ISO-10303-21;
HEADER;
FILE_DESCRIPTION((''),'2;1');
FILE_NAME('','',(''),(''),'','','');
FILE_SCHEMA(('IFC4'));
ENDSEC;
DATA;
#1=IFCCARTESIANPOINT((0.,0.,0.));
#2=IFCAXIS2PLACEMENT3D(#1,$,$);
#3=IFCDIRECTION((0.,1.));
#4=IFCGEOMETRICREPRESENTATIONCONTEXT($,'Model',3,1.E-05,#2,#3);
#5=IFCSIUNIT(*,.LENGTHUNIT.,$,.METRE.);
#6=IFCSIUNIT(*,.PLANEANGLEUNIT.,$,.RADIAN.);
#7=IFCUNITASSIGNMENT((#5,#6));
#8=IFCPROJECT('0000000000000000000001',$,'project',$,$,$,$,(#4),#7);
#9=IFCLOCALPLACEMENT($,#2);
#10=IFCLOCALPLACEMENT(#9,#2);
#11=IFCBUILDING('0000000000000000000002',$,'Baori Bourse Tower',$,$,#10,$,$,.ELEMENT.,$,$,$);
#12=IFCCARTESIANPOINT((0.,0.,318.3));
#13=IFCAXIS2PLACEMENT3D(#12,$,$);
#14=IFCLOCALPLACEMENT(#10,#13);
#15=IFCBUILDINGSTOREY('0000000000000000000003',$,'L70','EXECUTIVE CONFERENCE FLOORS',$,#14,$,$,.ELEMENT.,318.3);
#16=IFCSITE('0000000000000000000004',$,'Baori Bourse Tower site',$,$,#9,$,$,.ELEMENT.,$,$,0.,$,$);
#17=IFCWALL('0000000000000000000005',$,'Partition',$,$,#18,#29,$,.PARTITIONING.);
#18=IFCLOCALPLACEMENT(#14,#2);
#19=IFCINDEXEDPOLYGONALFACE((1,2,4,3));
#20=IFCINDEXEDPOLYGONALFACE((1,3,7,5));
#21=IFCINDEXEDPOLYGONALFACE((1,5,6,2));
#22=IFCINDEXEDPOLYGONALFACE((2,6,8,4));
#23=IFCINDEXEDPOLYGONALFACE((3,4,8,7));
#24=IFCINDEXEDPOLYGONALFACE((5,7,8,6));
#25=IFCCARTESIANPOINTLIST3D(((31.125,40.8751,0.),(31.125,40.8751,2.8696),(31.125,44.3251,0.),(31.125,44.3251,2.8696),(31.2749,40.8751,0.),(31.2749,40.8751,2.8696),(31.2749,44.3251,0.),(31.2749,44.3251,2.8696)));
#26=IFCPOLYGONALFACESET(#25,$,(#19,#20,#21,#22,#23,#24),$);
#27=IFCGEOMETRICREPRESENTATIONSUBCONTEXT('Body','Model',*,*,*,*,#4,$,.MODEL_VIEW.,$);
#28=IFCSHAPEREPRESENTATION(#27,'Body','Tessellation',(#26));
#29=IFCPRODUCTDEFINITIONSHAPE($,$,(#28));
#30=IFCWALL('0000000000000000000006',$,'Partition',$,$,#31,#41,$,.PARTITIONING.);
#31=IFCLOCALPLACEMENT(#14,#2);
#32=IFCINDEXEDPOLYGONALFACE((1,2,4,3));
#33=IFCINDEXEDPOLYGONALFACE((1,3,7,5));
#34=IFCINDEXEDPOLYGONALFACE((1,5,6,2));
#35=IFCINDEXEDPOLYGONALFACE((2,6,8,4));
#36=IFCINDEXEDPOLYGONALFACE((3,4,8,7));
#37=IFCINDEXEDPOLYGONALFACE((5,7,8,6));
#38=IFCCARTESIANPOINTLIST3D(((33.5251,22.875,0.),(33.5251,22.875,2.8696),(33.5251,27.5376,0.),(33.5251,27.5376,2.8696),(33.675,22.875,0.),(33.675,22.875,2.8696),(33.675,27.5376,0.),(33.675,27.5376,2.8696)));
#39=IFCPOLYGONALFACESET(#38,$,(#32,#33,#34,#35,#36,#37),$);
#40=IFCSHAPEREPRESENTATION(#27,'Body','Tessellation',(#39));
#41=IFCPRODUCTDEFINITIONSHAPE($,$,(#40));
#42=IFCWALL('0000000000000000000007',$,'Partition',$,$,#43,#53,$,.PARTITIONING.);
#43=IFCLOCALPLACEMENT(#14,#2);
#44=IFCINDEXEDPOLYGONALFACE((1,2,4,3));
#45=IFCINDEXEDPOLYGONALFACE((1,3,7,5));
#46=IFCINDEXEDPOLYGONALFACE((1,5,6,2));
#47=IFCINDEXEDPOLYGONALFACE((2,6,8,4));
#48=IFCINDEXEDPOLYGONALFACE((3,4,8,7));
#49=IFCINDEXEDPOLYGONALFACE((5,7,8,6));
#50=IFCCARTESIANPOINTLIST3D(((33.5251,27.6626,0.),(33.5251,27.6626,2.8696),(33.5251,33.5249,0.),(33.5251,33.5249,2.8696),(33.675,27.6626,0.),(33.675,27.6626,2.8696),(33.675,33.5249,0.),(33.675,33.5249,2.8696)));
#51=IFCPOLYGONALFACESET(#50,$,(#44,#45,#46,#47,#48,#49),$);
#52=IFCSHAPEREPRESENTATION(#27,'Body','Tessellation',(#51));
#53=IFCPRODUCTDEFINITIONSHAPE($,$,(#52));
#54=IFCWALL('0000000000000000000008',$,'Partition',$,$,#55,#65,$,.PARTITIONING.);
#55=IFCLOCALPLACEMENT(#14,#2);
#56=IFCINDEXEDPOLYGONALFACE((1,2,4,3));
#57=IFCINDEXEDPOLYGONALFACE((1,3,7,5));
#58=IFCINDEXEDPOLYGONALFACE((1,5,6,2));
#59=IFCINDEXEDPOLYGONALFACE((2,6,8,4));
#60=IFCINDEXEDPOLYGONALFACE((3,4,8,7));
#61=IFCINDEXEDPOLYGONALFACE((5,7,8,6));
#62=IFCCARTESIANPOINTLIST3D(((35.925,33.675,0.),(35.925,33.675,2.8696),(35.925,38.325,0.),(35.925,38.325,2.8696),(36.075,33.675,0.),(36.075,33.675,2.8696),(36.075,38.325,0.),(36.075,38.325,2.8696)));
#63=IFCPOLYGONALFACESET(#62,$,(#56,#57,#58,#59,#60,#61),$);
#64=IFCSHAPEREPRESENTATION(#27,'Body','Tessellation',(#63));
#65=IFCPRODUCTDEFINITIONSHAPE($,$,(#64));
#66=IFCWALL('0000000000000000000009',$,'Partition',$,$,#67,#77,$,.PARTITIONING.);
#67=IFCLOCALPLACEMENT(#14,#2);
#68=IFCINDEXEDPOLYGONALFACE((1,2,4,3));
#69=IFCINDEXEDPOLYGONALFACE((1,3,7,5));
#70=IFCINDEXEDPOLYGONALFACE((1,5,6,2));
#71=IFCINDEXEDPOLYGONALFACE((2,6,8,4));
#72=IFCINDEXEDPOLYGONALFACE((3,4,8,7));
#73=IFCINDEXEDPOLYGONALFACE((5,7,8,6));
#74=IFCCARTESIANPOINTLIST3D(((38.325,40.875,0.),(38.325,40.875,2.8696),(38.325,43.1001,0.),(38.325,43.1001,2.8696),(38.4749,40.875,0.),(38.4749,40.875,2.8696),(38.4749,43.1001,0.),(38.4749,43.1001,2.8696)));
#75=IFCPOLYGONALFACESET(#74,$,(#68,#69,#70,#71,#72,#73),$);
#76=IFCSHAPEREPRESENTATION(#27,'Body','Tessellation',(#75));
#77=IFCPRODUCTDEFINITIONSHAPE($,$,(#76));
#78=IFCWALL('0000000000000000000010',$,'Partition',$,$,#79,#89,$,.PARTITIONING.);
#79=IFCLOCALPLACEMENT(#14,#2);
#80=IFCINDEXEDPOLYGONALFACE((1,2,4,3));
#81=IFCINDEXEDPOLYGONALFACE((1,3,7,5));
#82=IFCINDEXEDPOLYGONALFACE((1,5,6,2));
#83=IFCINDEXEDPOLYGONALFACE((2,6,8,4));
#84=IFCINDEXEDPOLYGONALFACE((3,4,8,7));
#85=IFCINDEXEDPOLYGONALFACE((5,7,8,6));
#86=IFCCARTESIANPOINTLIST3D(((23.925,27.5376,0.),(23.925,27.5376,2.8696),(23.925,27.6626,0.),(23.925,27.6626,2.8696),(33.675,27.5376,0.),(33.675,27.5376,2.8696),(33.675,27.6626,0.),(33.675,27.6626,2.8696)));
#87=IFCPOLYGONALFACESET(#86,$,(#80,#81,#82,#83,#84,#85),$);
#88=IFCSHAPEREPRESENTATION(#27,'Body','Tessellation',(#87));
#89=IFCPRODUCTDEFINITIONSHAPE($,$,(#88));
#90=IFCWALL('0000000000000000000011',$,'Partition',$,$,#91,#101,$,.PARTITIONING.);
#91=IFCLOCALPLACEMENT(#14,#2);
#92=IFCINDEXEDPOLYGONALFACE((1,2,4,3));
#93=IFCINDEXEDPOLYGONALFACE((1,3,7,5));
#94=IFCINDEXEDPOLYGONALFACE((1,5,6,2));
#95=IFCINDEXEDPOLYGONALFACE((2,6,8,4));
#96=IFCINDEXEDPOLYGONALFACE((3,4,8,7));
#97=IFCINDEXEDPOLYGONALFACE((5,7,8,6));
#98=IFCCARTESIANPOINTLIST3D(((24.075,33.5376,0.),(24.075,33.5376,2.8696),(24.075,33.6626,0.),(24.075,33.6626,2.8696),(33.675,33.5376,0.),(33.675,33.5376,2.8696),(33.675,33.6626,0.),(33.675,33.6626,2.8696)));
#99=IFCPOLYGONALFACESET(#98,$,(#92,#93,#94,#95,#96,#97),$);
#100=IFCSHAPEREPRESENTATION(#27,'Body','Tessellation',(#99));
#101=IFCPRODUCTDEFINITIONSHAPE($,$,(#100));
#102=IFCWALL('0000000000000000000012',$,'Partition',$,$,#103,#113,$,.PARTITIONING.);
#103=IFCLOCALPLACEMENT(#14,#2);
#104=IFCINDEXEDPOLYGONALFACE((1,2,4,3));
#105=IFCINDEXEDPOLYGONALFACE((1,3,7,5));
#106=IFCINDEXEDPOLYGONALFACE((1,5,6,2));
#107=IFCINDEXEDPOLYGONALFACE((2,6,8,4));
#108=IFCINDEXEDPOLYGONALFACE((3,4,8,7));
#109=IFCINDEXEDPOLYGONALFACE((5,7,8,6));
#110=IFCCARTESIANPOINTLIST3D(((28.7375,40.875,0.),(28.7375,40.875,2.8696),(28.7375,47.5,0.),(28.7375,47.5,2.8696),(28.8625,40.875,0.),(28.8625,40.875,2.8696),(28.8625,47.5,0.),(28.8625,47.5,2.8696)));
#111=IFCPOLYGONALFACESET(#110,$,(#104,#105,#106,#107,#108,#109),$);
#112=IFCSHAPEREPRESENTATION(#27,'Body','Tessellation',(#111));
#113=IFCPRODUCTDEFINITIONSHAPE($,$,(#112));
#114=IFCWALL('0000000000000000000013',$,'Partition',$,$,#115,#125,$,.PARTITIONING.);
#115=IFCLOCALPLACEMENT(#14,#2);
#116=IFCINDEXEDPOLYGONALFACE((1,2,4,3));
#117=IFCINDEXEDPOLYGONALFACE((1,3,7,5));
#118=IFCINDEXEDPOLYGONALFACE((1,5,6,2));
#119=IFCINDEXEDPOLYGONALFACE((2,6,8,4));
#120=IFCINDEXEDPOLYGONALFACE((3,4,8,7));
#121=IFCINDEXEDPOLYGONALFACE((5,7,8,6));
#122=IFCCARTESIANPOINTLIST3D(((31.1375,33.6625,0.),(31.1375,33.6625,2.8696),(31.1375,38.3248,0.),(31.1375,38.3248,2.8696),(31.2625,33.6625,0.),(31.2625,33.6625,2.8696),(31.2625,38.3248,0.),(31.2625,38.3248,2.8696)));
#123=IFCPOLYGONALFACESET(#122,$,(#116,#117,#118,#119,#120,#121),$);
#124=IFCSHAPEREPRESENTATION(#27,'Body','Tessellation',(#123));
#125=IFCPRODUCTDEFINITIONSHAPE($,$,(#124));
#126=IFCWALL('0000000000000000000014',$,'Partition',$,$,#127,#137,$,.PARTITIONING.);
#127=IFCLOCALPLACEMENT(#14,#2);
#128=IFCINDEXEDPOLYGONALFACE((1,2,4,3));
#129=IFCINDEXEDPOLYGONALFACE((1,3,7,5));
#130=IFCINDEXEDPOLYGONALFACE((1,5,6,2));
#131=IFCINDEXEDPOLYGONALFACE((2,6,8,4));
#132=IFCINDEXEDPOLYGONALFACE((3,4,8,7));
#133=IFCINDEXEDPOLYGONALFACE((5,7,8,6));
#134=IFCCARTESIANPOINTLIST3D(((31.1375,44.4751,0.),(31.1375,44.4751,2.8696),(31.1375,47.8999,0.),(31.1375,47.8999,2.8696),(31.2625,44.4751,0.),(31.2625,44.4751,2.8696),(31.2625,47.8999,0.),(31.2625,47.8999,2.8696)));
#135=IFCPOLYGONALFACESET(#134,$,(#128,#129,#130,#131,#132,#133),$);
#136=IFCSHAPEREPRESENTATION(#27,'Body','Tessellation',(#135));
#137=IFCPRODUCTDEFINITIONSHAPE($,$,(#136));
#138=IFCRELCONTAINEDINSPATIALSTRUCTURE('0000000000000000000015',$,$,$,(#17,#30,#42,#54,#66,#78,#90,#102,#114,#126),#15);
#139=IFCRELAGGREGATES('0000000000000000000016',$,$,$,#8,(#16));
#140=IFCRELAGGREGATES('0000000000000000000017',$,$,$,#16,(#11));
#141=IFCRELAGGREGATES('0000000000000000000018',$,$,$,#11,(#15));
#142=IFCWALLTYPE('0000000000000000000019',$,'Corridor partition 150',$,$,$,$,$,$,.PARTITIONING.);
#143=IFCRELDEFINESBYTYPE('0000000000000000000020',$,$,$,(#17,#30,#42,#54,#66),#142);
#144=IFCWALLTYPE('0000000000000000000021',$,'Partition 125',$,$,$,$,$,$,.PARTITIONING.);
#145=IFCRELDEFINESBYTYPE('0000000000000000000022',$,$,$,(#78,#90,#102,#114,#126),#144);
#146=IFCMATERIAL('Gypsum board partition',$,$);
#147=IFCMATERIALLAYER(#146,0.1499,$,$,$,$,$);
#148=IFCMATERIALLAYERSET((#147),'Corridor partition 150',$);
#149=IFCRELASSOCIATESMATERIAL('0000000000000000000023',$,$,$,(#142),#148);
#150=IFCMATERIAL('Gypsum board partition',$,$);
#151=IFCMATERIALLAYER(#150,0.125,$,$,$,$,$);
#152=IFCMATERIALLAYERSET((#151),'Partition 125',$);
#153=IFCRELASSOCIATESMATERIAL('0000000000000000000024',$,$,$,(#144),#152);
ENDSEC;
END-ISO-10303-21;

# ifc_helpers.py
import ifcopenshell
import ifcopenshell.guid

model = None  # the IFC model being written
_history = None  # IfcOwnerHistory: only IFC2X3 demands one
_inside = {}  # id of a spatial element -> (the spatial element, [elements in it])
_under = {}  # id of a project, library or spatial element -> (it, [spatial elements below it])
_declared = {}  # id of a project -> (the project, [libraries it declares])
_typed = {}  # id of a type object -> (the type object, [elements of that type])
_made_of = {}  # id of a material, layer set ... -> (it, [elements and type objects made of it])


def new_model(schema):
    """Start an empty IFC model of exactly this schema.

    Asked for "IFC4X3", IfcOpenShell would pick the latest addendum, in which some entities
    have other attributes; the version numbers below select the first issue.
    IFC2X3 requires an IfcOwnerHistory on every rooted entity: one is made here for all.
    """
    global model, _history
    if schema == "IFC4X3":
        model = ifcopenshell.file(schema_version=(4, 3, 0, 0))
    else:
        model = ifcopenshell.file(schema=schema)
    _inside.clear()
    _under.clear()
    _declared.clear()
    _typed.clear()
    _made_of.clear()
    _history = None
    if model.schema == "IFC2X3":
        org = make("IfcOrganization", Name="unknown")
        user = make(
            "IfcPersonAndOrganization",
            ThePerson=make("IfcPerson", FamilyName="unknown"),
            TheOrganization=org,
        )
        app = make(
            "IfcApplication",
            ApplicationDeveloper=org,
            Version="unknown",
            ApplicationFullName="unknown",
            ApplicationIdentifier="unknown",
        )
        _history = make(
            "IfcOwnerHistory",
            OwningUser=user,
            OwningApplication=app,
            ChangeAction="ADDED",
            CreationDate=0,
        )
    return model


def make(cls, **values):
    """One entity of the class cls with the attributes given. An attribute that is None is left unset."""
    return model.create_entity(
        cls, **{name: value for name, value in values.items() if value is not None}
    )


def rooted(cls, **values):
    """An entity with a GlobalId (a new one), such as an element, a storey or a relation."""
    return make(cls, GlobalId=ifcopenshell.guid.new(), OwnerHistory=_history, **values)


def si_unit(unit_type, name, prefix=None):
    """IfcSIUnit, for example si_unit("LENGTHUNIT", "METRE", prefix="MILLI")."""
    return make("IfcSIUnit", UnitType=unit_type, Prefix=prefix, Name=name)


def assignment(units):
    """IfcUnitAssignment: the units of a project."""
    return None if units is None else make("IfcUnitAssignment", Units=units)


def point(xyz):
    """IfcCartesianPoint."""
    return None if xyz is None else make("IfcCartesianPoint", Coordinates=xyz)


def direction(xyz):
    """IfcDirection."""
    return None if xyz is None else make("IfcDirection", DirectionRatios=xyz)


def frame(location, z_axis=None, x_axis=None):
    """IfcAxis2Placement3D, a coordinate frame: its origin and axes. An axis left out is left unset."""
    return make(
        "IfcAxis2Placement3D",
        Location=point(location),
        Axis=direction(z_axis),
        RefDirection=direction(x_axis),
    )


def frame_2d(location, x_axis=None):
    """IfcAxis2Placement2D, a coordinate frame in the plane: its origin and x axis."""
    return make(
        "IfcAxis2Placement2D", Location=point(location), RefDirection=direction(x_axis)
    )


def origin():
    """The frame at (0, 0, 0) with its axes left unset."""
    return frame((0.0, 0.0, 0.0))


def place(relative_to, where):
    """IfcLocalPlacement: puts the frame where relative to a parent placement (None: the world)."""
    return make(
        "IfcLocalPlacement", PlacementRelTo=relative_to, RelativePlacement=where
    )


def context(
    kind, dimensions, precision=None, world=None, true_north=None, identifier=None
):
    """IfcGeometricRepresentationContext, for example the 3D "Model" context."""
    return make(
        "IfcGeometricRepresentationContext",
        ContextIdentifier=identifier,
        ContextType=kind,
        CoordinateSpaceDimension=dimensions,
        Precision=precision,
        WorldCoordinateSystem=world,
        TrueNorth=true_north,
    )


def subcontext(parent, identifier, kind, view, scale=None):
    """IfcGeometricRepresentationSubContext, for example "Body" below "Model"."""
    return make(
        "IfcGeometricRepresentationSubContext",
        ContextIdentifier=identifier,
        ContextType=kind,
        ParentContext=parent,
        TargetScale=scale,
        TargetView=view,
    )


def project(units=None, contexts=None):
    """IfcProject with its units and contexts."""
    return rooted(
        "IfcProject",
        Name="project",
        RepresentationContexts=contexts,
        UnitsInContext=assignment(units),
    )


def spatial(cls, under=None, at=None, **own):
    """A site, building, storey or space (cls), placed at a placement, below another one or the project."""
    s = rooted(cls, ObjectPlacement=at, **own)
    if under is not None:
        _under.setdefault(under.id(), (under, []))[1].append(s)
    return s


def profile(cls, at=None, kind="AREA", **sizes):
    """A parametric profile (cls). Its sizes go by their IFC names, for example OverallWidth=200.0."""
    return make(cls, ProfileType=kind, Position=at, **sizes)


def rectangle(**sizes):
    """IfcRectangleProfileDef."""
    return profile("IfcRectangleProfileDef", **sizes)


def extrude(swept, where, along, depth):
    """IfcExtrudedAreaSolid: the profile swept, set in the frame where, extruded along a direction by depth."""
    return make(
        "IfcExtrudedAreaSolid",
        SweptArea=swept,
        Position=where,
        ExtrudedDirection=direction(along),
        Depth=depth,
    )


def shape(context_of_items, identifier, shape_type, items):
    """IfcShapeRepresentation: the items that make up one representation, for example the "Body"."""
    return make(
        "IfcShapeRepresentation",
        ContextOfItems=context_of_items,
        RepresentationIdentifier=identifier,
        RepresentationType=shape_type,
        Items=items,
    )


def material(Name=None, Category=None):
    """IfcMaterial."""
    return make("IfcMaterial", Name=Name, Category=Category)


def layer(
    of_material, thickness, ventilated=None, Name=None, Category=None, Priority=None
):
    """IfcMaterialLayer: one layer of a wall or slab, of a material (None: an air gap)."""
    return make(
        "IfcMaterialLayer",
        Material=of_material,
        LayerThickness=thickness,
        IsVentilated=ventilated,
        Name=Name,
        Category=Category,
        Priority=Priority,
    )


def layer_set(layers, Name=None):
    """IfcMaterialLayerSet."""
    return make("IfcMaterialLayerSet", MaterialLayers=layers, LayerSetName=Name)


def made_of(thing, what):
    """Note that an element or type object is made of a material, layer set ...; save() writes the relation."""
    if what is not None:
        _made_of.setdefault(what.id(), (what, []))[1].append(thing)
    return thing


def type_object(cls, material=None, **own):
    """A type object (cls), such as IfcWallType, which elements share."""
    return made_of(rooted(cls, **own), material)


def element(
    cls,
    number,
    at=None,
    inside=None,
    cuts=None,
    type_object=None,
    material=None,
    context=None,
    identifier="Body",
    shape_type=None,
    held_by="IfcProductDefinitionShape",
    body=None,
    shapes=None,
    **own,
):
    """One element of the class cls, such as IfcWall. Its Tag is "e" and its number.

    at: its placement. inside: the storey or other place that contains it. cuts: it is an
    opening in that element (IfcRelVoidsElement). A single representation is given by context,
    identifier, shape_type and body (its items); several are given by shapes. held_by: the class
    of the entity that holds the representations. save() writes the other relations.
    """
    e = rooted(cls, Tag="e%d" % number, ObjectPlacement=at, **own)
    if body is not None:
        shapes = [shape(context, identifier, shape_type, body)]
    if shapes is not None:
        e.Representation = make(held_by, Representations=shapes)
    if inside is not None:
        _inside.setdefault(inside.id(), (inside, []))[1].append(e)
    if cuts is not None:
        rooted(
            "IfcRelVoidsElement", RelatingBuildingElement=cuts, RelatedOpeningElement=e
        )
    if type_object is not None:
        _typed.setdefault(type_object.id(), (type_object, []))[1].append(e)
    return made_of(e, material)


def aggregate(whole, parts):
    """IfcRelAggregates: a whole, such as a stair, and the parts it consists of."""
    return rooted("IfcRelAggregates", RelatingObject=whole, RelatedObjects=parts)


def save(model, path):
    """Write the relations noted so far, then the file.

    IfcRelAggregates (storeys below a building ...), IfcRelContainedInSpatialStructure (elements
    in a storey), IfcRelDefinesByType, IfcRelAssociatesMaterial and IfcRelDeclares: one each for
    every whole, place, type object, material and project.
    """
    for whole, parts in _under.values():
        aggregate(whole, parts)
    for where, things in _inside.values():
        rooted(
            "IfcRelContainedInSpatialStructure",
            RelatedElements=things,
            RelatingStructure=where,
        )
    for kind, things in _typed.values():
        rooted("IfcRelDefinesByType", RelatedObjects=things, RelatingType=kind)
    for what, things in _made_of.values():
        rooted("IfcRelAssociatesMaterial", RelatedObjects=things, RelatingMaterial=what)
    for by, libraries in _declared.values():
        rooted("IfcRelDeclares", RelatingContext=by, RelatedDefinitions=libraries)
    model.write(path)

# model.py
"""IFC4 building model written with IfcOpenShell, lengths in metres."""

from ifc_helpers import new_model, si_unit, direction, frame, frame_2d, origin, place, context, subcontext, project, spatial, rectangle, extrude, material, layer, layer_set, type_object, element, save


model = new_model("IFC4")

# Units and contexts
model_context = context("Model", 3, precision=1e-05, world=origin(), true_north=direction((0.0, 1.0)))
body_context = subcontext(model_context, "Body", "Model", "MODEL_VIEW")
ifc_project = project(units=[si_unit("LENGTHUNIT", "METRE"), si_unit("PLANEANGLEUNIT", "RADIAN")], contexts=[model_context])

# Site, building, storey
site_placement = place(None, origin())
site = spatial("IfcSite", under=ifc_project, at=site_placement, Name="Baori Bourse Tower site", CompositionType="ELEMENT", RefElevation=0.0)
building_placement = place(site_placement, origin())
building = spatial("IfcBuilding", under=site, at=building_placement, Name="Baori Bourse Tower", CompositionType="ELEMENT")
storey_placement = place(building_placement, frame((0.0, 0.0, 318.3)))
storey = spatial("IfcBuildingStorey", under=building, at=storey_placement, Name="L70", Description="EXECUTIVE CONFERENCE FLOORS", CompositionType="ELEMENT", Elevation=318.3)

# Shared definitions
ifc_material_1 = material(Name="Gypsum board partition")
ifc_layer_1 = layer(ifc_material_1, 0.1499)
ifc_layer_set_1 = layer_set([ifc_layer_1], Name="Corridor partition 150")
wall_type_1 = type_object("IfcWallType", Name="Corridor partition 150", PredefinedType="PARTITIONING", material=ifc_layer_set_1)

# Walls
wall_1_placement = place(storey_placement, frame((31.2, 40.875, 0.0), z_axis=(0.0, 0.0, 1.0), x_axis=(0.0, 1.0, 0.0)))
element("IfcWall", 1, at=wall_1_placement, inside=storey, type_object=wall_type_1, Name="Partition", PredefinedType="PARTITIONING", context=body_context, shape_type="SweptSolid", body=[
    extrude(rectangle(XDim=3.45, YDim=0.1499, at=frame_2d((1.7251, 0.0))), origin(), (0.0, 0.0, 1.0), 2.8696),
])
wall_2_placement = place(storey_placement, frame((33.6001, 22.875, 0.0), z_axis=(0.0, 0.0, 1.0), x_axis=(0.0, 1.0, 0.0)))
element("IfcWall", 2, at=wall_2_placement, inside=storey, type_object=wall_type_1, Name="Partition", PredefinedType="PARTITIONING", context=body_context, shape_type="SweptSolid", body=[
    extrude(rectangle(XDim=4.6626, YDim=0.1499, at=frame_2d((2.3313, 0.0))), origin(), (0.0, 0.0, 1.0), 2.8696),
])
wall_3_placement = place(storey_placement, frame((33.6001, 27.6626, 0.0), z_axis=(0.0, 0.0, 1.0), x_axis=(0.0, 1.0, 0.0)))
element("IfcWall", 3, at=wall_3_placement, inside=storey, type_object=wall_type_1, Name="Partition", PredefinedType="PARTITIONING", context=body_context, shape_type="SweptSolid", body=[
    extrude(rectangle(XDim=5.8623, YDim=0.1499, at=frame_2d((2.9312, 0.0))), origin(), (0.0, 0.0, 1.0), 2.8696),
])
wall_4_placement = place(storey_placement, frame((36.0, 33.675, 0.0), z_axis=(0.0, 0.0, 1.0), x_axis=(0.0, 1.0, 0.0)))
element("IfcWall", 4, at=wall_4_placement, inside=storey, type_object=wall_type_1, Name="Partition", PredefinedType="PARTITIONING", context=body_context, shape_type="SweptSolid", body=[
    extrude(rectangle(XDim=4.6499, YDim=0.1499, at=frame_2d((2.325, 0.0))), origin(), (0.0, 0.0, 1.0), 2.8696),
])
wall_5_placement = place(storey_placement, frame((38.3999, 40.875, 0.0), z_axis=(0.0, 0.0, 1.0), x_axis=(0.0, 1.0, 0.0)))
element("IfcWall", 5, at=wall_5_placement, inside=storey, type_object=wall_type_1, Name="Partition", PredefinedType="PARTITIONING", context=body_context, shape_type="SweptSolid", body=[
    extrude(rectangle(XDim=2.2251, YDim=0.1499, at=frame_2d((1.1125, 0.0))), origin(), (0.0, 0.0, 1.0), 2.8696),
])
ifc_material_2 = material(Name="Gypsum board partition")
ifc_layer_2 = layer(ifc_material_2, 0.125)
ifc_layer_set_2 = layer_set([ifc_layer_2], Name="Partition 125")
wall_type_2 = type_object("IfcWallType", Name="Partition 125", PredefinedType="PARTITIONING", material=ifc_layer_set_2)
wall_6_placement = place(storey_placement, frame((23.925, 27.6001, 0.0), z_axis=(0.0, 0.0, 1.0), x_axis=(1.0, 0.0, 0.0)))
element("IfcWall", 6, at=wall_6_placement, inside=storey, type_object=wall_type_2, Name="Partition", PredefinedType="PARTITIONING", context=body_context, shape_type="SweptSolid", body=[
    extrude(rectangle(XDim=9.75, YDim=0.125, at=frame_2d((4.875, 0.0))), origin(), (0.0, 0.0, 1.0), 2.8696),
])
wall_7_placement = place(storey_placement, frame((24.075, 33.6001, 0.0), z_axis=(0.0, 0.0, 1.0), x_axis=(1.0, 0.0, 0.0)))
element("IfcWall", 7, at=wall_7_placement, inside=storey, type_object=wall_type_2, Name="Partition", PredefinedType="PARTITIONING", context=body_context, shape_type="SweptSolid", body=[
    extrude(rectangle(XDim=9.6001, YDim=0.125, at=frame_2d((4.8, 0.0))), origin(), (0.0, 0.0, 1.0), 2.8696),
])
wall_8_placement = place(storey_placement, frame((28.8, 40.875, 0.0), z_axis=(0.0, 0.0, 1.0), x_axis=(0.0, 1.0, 0.0)))
element("IfcWall", 8, at=wall_8_placement, inside=storey, type_object=wall_type_2, Name="Partition", PredefinedType="PARTITIONING", context=body_context, shape_type="SweptSolid", body=[
    extrude(rectangle(XDim=6.625, YDim=0.125, at=frame_2d((3.3125, 0.0))), origin(), (0.0, 0.0, 1.0), 2.8696),
])
wall_9_placement = place(storey_placement, frame((31.2, 33.6626, 0.0), z_axis=(0.0, 0.0, 1.0), x_axis=(0.0, 1.0, 0.0)))
element("IfcWall", 9, at=wall_9_placement, inside=storey, type_object=wall_type_2, Name="Partition", PredefinedType="PARTITIONING", context=body_context, shape_type="SweptSolid", body=[
    extrude(rectangle(XDim=4.6624, YDim=0.125, at=frame_2d((2.3311, 0.0))), origin(), (0.0, 0.0, 1.0), 2.8696),
])
wall_10_placement = place(storey_placement, frame((31.2, 44.4751, 0.0), z_axis=(0.0, 0.0, 1.0), x_axis=(0.0, 1.0, 0.0)))
element("IfcWall", 10, at=wall_10_placement, inside=storey, type_object=wall_type_2, Name="Partition", PredefinedType="PARTITIONING", context=body_context, shape_type="SweptSolid", body=[
    extrude(rectangle(XDim=3.4248, YDim=0.125, at=frame_2d((1.7124, 0.0))), origin(), (0.0, 0.0, 1.0), 2.8696),
])

save(model, "model.ifc")
